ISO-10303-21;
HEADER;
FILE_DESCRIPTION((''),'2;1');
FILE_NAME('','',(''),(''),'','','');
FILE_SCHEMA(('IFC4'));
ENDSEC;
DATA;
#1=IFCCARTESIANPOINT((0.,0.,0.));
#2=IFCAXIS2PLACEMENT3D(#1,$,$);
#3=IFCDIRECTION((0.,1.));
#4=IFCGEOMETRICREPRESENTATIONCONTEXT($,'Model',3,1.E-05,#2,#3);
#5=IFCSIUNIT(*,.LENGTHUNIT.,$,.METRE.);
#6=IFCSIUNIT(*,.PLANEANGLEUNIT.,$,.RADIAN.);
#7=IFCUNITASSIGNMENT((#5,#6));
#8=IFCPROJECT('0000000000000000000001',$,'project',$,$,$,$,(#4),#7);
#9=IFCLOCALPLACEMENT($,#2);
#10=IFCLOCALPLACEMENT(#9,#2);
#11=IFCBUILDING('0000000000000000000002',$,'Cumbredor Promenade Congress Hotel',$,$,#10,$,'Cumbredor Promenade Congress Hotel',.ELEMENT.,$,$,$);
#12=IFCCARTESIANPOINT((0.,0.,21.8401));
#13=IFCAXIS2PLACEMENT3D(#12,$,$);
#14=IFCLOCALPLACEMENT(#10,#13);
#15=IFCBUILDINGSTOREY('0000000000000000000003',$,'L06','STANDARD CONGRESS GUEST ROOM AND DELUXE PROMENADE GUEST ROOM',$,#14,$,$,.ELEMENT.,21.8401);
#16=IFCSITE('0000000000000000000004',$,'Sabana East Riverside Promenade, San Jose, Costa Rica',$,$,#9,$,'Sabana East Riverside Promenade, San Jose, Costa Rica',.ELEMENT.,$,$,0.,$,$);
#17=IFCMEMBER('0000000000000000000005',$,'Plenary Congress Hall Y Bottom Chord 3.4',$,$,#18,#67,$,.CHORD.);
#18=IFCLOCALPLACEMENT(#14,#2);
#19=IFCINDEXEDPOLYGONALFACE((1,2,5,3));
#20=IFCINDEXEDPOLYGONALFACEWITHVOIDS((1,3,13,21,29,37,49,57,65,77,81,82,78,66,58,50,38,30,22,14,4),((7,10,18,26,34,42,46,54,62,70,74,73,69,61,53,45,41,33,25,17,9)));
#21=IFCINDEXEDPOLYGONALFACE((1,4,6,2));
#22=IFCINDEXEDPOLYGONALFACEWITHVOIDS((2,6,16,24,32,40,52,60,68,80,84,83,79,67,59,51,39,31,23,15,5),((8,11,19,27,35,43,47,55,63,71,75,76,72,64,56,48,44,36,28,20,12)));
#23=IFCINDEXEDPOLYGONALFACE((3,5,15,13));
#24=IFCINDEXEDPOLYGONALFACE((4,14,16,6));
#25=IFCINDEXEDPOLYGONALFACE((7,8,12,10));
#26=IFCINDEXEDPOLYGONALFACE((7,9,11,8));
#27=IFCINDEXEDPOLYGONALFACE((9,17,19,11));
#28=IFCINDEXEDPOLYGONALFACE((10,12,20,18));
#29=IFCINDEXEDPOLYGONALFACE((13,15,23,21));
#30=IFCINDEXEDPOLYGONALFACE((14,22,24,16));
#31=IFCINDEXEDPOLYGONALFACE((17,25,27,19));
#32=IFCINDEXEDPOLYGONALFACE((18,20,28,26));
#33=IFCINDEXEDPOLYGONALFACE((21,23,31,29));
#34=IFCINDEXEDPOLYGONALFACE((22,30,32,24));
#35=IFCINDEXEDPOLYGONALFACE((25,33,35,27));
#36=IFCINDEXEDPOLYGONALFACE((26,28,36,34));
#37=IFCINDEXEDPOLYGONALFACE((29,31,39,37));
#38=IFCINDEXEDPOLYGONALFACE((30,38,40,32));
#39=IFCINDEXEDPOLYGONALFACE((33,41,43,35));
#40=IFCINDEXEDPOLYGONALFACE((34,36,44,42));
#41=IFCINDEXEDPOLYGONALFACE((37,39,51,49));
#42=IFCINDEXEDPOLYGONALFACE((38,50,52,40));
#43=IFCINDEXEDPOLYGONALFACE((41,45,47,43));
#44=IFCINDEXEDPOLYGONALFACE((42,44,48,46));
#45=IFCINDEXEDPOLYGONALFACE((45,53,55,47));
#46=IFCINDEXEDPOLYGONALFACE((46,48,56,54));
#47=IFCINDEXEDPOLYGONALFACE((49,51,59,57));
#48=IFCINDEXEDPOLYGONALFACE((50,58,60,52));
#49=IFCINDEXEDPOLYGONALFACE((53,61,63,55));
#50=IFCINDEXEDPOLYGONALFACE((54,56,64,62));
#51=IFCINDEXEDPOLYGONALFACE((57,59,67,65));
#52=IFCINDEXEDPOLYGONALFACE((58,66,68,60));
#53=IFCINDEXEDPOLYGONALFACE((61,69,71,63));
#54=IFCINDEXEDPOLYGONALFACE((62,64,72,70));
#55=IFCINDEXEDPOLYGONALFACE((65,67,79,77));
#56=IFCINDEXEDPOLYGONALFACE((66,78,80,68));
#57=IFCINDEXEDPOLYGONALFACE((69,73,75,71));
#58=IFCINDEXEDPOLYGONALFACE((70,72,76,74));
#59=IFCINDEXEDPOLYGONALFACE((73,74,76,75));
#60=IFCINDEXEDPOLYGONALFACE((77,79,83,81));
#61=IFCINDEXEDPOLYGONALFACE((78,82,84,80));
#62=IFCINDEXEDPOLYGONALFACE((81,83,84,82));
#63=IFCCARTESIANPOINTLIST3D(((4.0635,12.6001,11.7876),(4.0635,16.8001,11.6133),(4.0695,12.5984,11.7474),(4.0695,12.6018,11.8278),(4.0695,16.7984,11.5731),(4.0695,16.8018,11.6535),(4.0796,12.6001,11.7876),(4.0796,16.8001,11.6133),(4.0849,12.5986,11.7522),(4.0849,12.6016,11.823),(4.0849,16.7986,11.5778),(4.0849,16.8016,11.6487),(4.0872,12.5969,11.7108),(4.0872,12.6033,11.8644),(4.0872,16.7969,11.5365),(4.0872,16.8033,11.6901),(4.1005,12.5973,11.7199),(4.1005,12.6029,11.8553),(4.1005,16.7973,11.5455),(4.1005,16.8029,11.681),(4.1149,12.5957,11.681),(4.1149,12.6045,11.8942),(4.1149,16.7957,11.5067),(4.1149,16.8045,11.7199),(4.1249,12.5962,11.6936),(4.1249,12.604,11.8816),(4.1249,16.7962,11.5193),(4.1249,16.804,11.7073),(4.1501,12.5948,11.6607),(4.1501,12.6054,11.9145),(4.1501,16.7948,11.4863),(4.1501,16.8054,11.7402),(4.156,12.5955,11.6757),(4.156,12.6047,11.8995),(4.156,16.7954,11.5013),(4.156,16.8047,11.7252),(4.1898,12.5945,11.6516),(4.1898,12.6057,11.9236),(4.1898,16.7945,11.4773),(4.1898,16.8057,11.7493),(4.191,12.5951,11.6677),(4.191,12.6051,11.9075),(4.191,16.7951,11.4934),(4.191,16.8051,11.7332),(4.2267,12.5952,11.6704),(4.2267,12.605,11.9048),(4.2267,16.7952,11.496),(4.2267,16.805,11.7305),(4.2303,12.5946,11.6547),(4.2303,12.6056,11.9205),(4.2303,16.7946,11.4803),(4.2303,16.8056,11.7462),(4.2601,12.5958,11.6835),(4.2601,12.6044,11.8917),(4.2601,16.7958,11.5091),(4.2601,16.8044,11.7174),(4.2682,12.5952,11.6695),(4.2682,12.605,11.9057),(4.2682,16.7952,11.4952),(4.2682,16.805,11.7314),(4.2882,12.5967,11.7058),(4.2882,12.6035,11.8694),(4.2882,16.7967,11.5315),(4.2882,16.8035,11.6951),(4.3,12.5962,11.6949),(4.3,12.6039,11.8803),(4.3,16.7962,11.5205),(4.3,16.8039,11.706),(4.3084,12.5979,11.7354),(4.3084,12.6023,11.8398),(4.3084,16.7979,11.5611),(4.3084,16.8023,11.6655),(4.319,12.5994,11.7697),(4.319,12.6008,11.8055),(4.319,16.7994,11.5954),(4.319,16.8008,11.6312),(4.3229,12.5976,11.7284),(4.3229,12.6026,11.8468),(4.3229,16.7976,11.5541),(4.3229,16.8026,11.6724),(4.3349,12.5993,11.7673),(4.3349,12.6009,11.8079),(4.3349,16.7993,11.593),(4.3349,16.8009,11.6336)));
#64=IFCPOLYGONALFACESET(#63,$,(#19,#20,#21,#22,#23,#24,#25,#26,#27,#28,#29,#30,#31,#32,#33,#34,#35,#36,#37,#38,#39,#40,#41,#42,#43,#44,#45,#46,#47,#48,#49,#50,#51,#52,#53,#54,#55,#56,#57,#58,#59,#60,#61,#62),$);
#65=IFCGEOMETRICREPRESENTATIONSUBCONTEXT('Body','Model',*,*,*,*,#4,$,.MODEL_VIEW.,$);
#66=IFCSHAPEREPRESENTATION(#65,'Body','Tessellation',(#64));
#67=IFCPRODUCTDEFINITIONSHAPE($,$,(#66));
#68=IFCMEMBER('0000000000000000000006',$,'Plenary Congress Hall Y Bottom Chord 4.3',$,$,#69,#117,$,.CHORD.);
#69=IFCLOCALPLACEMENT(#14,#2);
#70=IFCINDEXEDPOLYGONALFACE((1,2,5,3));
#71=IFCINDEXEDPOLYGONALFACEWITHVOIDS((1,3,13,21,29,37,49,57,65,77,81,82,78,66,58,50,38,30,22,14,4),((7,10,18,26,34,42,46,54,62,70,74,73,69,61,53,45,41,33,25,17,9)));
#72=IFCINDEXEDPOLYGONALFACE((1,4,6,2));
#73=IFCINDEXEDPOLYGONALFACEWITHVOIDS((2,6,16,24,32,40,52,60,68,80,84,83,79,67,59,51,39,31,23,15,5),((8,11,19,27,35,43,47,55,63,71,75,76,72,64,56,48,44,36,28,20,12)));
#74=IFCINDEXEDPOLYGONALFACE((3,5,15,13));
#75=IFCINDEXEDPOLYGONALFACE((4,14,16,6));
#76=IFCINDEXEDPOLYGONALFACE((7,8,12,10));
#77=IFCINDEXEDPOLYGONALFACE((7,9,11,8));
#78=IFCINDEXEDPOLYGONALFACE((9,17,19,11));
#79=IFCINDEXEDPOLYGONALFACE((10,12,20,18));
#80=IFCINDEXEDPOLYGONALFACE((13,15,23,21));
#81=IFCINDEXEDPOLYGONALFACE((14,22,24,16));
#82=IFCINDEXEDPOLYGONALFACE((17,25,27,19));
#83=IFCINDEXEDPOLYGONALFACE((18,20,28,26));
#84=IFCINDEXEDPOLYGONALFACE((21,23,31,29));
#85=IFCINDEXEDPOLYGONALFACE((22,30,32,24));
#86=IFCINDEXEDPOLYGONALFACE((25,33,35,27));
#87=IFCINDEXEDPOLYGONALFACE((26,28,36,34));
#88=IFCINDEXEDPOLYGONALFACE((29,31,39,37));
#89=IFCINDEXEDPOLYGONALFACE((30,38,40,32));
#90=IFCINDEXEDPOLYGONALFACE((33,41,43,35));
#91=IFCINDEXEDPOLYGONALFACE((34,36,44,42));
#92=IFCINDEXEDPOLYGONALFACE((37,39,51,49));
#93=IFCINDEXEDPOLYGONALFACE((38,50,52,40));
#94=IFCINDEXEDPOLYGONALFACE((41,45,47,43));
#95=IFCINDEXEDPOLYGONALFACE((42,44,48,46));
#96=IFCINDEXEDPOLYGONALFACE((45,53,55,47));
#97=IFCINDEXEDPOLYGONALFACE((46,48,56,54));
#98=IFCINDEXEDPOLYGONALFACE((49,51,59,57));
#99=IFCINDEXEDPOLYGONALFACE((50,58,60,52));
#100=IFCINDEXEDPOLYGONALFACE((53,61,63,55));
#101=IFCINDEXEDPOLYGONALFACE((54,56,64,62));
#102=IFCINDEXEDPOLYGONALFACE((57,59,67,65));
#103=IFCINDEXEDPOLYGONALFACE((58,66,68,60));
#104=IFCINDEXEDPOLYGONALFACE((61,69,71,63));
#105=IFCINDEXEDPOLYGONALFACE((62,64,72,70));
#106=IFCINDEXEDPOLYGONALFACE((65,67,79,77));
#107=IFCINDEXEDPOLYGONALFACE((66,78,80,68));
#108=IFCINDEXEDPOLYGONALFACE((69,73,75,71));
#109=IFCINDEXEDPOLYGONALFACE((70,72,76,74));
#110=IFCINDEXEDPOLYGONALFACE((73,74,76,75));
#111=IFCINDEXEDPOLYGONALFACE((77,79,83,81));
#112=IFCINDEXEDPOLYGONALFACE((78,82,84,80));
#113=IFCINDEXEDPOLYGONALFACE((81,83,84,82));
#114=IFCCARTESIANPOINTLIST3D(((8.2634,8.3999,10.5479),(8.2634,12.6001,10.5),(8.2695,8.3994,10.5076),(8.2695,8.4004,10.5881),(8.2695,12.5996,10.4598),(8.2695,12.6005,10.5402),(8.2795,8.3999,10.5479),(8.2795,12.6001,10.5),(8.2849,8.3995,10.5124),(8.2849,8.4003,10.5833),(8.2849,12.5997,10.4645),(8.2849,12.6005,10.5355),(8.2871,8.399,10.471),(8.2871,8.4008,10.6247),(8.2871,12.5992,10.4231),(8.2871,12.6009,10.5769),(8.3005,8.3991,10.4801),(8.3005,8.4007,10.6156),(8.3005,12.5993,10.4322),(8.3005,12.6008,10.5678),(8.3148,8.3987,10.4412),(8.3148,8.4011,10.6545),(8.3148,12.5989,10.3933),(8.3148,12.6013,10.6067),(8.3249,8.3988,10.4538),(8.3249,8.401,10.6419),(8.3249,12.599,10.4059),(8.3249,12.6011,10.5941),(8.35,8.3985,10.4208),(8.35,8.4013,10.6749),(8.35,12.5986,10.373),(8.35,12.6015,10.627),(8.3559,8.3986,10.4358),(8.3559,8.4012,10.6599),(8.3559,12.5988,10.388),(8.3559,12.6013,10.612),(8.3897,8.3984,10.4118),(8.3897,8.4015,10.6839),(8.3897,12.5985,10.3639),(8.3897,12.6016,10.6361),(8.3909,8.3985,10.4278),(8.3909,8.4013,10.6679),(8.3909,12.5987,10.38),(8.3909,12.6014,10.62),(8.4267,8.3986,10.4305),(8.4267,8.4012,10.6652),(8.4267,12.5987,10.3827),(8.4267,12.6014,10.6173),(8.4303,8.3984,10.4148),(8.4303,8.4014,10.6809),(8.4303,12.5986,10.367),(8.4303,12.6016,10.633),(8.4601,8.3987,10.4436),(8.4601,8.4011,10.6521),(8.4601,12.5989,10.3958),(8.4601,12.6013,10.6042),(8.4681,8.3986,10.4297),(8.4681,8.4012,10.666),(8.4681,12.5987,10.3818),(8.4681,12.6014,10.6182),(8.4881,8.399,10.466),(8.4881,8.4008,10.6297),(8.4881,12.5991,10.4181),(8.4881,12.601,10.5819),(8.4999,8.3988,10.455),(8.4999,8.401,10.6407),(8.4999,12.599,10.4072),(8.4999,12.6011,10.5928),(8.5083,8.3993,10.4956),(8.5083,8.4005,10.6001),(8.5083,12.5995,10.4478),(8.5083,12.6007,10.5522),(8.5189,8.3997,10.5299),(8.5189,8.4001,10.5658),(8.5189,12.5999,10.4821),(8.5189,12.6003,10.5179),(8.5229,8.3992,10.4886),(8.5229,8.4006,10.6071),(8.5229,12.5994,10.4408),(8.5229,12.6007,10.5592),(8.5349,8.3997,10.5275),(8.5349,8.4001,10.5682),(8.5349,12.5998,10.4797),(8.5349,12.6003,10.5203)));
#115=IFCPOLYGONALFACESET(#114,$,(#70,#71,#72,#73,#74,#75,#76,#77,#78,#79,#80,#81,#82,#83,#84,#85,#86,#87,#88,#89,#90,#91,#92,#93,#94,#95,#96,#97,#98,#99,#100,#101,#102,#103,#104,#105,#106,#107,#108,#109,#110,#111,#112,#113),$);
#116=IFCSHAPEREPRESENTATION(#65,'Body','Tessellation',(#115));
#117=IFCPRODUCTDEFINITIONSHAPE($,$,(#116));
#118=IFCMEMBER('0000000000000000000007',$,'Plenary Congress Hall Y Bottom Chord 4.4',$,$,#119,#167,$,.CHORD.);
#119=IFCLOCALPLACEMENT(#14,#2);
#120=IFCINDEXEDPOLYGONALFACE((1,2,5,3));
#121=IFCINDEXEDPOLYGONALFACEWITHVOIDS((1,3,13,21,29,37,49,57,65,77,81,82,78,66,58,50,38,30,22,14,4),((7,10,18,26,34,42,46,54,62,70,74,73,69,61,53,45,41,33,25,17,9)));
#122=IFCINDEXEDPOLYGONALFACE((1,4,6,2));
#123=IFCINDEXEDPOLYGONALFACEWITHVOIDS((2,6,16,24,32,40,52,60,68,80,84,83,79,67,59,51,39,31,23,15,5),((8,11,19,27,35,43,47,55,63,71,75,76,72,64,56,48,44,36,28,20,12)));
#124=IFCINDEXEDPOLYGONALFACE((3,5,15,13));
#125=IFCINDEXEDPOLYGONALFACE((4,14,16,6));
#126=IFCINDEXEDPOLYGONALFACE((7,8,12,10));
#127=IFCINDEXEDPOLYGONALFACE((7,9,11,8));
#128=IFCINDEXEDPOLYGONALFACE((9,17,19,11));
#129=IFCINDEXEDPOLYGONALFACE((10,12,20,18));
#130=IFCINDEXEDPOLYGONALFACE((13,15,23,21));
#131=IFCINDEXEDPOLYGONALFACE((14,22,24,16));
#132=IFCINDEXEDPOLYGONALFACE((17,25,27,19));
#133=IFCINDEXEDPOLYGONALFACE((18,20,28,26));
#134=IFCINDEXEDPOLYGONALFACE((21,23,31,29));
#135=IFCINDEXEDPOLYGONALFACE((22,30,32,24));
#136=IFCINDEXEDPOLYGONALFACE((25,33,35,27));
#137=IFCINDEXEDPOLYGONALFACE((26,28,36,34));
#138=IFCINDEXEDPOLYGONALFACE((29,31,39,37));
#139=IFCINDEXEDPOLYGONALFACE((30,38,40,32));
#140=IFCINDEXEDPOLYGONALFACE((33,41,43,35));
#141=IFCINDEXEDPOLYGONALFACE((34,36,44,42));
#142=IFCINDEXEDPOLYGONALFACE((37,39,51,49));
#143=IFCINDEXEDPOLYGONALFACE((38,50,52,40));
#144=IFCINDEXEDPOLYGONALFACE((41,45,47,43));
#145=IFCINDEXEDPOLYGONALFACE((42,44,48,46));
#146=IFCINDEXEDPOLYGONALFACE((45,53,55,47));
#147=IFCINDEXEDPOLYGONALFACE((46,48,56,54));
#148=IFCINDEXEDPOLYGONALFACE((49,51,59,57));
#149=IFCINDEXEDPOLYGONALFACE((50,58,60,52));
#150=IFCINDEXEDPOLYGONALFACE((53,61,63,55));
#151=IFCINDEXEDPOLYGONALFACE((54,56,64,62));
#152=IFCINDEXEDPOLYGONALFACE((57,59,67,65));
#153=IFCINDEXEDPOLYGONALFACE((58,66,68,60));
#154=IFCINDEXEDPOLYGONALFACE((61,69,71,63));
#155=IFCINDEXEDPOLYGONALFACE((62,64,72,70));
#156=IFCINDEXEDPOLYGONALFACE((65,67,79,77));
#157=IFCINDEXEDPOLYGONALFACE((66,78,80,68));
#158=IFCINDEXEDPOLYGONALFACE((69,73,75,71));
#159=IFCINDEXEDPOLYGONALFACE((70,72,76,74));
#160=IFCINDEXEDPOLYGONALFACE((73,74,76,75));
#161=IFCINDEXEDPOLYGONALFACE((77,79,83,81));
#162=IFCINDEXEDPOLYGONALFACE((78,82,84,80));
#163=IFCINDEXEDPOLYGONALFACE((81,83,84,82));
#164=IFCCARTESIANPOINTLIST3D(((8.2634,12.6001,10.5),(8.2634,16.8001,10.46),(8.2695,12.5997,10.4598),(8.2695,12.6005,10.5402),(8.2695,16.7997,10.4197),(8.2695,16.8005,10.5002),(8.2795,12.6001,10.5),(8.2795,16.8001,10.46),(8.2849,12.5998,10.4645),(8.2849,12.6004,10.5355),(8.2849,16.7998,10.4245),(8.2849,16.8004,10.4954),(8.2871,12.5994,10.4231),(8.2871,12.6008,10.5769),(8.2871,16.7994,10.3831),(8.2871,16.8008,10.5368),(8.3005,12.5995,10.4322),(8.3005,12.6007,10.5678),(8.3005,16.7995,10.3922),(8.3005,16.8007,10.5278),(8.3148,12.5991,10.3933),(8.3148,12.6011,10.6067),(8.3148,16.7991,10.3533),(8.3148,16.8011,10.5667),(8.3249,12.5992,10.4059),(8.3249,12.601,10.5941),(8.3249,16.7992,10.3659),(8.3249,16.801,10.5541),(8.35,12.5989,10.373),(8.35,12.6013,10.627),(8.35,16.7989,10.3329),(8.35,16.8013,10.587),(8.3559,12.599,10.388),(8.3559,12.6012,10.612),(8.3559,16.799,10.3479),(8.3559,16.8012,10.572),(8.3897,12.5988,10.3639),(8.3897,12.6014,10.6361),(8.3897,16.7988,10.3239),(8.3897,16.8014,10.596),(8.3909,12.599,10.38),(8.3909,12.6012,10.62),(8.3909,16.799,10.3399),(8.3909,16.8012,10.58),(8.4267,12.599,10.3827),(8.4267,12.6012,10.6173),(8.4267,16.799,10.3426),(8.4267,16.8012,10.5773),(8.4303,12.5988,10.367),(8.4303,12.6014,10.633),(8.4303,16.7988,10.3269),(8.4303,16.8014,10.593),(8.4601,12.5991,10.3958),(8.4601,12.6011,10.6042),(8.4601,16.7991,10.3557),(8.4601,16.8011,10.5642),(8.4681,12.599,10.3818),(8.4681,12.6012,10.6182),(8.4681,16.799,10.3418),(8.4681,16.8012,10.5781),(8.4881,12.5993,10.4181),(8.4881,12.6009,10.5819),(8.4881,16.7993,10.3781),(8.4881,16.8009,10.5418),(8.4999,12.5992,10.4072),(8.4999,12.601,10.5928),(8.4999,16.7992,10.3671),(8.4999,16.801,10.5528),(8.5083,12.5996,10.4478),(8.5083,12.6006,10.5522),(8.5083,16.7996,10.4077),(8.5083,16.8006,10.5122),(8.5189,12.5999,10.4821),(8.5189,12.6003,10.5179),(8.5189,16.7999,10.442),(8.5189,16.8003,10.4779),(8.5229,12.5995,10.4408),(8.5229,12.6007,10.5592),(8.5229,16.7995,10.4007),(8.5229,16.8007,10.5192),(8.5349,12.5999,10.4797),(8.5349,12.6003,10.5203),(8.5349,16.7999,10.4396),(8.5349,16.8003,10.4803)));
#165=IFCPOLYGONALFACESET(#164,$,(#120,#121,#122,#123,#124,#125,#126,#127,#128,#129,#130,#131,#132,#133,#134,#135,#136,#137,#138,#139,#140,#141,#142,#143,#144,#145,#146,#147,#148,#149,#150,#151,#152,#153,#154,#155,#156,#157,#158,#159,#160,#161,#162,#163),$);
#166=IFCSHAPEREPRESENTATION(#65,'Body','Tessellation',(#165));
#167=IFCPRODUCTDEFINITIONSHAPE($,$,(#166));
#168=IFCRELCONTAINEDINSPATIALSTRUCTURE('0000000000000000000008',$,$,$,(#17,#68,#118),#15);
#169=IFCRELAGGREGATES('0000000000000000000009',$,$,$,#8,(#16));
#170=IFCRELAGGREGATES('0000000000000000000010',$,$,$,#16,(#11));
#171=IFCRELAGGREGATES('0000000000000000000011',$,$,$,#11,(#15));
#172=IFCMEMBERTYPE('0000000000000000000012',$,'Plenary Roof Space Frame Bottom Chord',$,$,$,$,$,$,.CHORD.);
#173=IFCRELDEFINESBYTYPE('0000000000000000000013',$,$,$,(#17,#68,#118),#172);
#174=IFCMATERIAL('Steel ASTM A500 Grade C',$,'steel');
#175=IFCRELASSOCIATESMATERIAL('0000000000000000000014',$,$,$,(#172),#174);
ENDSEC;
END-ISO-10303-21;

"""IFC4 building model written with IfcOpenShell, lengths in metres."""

from ifc_helpers import new_model, si_unit, direction, frame, origin, origin_2d, place, context, subcontext, project, spatial, hollow_circle, extrude, material, material_profile, profile_set, type_object, element, save


model = new_model("IFC4")

# Units and contexts
model_context = context("Model", 3, precision=1e-05, world=origin(), true_north=direction((0.0, 1.0)))
body_context = subcontext(model_context, "Body", "Model", "MODEL_VIEW")
ifc_project = project(units=[si_unit("LENGTHUNIT", "METRE"), si_unit("PLANEANGLEUNIT", "RADIAN")], contexts=[model_context])

# Site, building, storey
site_placement = place(None, origin())
site = spatial("IfcSite", under=ifc_project, at=site_placement, Name="Sabana East Riverside Promenade, San Jose, Costa Rica", LongName="Sabana East Riverside Promenade, San Jose, Costa Rica", CompositionType="ELEMENT", RefElevation=0.0)
building_placement = place(site_placement, origin())
building = spatial("IfcBuilding", under=site, at=building_placement, Name="Cumbredor Promenade Congress Hotel", LongName="Cumbredor Promenade Congress Hotel", CompositionType="ELEMENT")
storey_placement = place(building_placement, frame((0.0, 0.0, 21.8401)))
storey = spatial("IfcBuildingStorey", under=building, at=storey_placement, Name="L06", Description="STANDARD CONGRESS GUEST ROOM AND DELUXE PROMENADE GUEST ROOM", CompositionType="ELEMENT", Elevation=21.8401)

# Members
ifc_material_1 = material(Name="Steel ASTM A500 Grade C", Category="steel")
ifc_material_profile_1 = material_profile(ifc_material_1, hollow_circle(Radius=0.1365, WallThickness=0.0161, at=origin_2d()), Name="CHS 273.0x16")
ifc_profile_set_1 = profile_set([ifc_material_profile_1], Name="Steel ASTM A500 Grade C")
member_type_1 = type_object("IfcMemberType", Name="Plenary Roof Space Frame Bottom Chord", PredefinedType="CHORD", material=ifc_profile_set_1)
member_1_placement = place(storey_placement, frame((4.2, 12.6001, 11.7876), z_axis=(0.0, 0.99914, -0.041469), x_axis=(-1.0, 0.0, 0.0)))
element("IfcMember", 1, at=member_1_placement, inside=storey, type_object=member_type_1, Name="Plenary Congress Hall Y Bottom Chord 3.4", PredefinedType="CHORD", context=body_context, shape_type="SweptSolid", body=[
    extrude(hollow_circle(Radius=0.1365, WallThickness=0.0161, at=origin_2d()), origin(), (0.0, 0.0, 1.0), 4.2036),
])
member_2_placement = place(storey_placement, frame((8.3999, 8.3999, 10.5479), z_axis=(0.0, 0.999935, -0.011392), x_axis=(-1.0, 0.0, 0.0)))
element("IfcMember", 2, at=member_2_placement, inside=storey, type_object=member_type_1, Name="Plenary Congress Hall Y Bottom Chord 4.3", PredefinedType="CHORD", context=body_context, shape_type="SweptSolid", body=[
    extrude(hollow_circle(Radius=0.1365, WallThickness=0.0161, at=origin_2d()), origin(), (0.0, 0.0, 1.0), 4.2004),
])
member_3_placement = place(storey_placement, frame((8.3999, 12.6001, 10.5), z_axis=(0.0, 0.999955, -0.009533), x_axis=(-1.0, 0.0, 0.0)))
element("IfcMember", 3, at=member_3_placement, inside=storey, type_object=member_type_1, Name="Plenary Congress Hall Y Bottom Chord 4.4", PredefinedType="CHORD", context=body_context, shape_type="SweptSolid", body=[
    extrude(hollow_circle(Radius=0.1365, WallThickness=0.0161, at=origin_2d()), origin(), (0.0, 0.0, 1.0), 4.2002),
])

save(model, "model.ifc")
